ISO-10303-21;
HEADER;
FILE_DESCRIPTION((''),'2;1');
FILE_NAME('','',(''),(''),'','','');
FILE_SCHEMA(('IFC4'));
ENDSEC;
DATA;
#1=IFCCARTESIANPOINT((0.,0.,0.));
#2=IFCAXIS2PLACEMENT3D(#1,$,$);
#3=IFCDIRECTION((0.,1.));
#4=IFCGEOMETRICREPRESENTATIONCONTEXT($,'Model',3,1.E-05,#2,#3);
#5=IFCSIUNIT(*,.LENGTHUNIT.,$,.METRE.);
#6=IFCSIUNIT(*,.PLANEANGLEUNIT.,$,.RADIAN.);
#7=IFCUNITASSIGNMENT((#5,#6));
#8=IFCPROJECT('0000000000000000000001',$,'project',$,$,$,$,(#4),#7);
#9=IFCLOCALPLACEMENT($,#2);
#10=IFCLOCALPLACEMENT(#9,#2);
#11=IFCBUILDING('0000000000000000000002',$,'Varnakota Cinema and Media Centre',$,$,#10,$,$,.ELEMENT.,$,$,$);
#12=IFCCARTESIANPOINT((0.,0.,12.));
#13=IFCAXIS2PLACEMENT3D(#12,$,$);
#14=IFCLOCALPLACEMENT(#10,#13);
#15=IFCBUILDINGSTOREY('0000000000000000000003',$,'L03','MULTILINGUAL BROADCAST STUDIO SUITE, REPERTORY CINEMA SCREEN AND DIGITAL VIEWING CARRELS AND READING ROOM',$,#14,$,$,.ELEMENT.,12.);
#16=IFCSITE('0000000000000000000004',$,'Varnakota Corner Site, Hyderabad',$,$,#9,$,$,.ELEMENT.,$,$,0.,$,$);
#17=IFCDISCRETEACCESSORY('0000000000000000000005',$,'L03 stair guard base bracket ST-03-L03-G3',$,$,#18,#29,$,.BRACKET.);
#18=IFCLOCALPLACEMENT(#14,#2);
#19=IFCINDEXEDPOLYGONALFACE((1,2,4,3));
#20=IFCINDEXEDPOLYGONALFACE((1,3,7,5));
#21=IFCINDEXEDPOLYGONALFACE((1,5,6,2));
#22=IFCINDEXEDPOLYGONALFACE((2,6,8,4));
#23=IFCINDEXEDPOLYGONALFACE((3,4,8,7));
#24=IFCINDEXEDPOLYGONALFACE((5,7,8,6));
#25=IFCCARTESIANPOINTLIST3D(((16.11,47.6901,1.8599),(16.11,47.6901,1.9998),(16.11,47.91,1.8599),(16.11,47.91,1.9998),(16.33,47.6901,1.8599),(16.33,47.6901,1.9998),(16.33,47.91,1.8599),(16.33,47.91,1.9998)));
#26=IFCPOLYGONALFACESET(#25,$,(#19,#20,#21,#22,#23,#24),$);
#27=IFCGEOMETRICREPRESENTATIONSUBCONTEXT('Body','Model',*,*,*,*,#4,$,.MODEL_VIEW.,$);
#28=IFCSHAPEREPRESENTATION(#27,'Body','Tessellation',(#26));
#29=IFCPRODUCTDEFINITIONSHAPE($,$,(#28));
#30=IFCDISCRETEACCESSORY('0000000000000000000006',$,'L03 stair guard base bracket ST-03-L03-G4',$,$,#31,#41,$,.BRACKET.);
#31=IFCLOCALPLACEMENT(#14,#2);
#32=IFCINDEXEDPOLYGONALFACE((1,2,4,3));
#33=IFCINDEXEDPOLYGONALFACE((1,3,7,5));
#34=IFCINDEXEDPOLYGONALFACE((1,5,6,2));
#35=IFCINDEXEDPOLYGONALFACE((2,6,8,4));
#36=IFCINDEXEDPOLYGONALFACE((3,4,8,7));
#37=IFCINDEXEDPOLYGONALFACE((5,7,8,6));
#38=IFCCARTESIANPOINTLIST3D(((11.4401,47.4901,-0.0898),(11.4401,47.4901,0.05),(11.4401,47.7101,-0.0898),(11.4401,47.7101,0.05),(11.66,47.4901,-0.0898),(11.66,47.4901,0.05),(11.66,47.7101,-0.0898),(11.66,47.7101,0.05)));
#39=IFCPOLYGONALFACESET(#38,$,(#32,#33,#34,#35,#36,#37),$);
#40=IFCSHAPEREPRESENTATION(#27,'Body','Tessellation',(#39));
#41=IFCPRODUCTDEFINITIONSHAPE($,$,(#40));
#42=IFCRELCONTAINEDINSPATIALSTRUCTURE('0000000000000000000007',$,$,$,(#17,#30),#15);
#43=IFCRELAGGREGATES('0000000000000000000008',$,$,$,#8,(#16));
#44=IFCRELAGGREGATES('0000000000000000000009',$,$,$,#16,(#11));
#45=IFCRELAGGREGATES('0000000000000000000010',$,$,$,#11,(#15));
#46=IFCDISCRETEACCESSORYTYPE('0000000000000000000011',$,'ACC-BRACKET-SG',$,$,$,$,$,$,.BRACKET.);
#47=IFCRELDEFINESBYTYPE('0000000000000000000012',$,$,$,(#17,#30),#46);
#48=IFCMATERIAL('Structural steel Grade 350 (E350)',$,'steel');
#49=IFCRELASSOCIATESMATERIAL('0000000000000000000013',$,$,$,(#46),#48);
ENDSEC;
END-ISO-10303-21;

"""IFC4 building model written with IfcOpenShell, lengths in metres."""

from ifc_helpers import new_model, si_unit, direction, frame, origin, origin_2d, place, context, subcontext, project, spatial, rectangle, extrude, material, type_object, element, save


model = new_model("IFC4")

# Units and contexts
model_context = context("Model", 3, precision=1e-05, world=origin(), true_north=direction((0.0, 1.0)))
body_context = subcontext(model_context, "Body", "Model", "MODEL_VIEW")
ifc_project = project(units=[si_unit("LENGTHUNIT", "METRE"), si_unit("PLANEANGLEUNIT", "RADIAN")], contexts=[model_context])

# Site, building, storey
site_placement = place(None, origin())
site = spatial("IfcSite", under=ifc_project, at=site_placement, Name="Varnakota Corner Site, Hyderabad", CompositionType="ELEMENT", RefElevation=0.0)
building_placement = place(site_placement, origin())
building = spatial("IfcBuilding", under=site, at=building_placement, Name="Varnakota Cinema and Media Centre", CompositionType="ELEMENT")
storey_placement = place(building_placement, frame((0.0, 0.0, 12.0)))
storey = spatial("IfcBuildingStorey", under=building, at=storey_placement, Name="L03", Description="MULTILINGUAL BROADCAST STUDIO SUITE, REPERTORY CINEMA SCREEN AND DIGITAL VIEWING CARRELS AND READING ROOM", CompositionType="ELEMENT", Elevation=12.0)

# Discrete accessories
ifc_material_1 = material(Name="Structural steel Grade 350 (E350)", Category="steel")
discrete_accessory_type = type_object("IfcDiscreteAccessoryType", Name="ACC-BRACKET-SG", PredefinedType="BRACKET", material=ifc_material_1)
for number, where, z_axis, x_axis, name in (
    (1, (16.22, 47.8, 1.8599), (0.0, 0.0, 1.0), (1.0, 0.0, 0.0), "L03 stair guard base bracket ST-03-L03-G3"),
    (2, (11.55, 47.6001, -0.0898), (0.0, 0.0, 1.0), (1.0, 0.0, 0.0), "L03 stair guard base bracket ST-03-L03-G4"),
):
    element("IfcDiscreteAccessory", number, at=place(storey_placement, frame(where, z_axis=z_axis, x_axis=x_axis)), inside=storey, type_object=discrete_accessory_type, Name=name, PredefinedType="BRACKET", context=body_context, shape_type="SweptSolid", body=[
        extrude(rectangle(XDim=0.22, YDim=0.22, at=origin_2d()), origin(), (0.0, 0.0, 1.0), 0.1399),
    ])

save(model, "model.ifc")
